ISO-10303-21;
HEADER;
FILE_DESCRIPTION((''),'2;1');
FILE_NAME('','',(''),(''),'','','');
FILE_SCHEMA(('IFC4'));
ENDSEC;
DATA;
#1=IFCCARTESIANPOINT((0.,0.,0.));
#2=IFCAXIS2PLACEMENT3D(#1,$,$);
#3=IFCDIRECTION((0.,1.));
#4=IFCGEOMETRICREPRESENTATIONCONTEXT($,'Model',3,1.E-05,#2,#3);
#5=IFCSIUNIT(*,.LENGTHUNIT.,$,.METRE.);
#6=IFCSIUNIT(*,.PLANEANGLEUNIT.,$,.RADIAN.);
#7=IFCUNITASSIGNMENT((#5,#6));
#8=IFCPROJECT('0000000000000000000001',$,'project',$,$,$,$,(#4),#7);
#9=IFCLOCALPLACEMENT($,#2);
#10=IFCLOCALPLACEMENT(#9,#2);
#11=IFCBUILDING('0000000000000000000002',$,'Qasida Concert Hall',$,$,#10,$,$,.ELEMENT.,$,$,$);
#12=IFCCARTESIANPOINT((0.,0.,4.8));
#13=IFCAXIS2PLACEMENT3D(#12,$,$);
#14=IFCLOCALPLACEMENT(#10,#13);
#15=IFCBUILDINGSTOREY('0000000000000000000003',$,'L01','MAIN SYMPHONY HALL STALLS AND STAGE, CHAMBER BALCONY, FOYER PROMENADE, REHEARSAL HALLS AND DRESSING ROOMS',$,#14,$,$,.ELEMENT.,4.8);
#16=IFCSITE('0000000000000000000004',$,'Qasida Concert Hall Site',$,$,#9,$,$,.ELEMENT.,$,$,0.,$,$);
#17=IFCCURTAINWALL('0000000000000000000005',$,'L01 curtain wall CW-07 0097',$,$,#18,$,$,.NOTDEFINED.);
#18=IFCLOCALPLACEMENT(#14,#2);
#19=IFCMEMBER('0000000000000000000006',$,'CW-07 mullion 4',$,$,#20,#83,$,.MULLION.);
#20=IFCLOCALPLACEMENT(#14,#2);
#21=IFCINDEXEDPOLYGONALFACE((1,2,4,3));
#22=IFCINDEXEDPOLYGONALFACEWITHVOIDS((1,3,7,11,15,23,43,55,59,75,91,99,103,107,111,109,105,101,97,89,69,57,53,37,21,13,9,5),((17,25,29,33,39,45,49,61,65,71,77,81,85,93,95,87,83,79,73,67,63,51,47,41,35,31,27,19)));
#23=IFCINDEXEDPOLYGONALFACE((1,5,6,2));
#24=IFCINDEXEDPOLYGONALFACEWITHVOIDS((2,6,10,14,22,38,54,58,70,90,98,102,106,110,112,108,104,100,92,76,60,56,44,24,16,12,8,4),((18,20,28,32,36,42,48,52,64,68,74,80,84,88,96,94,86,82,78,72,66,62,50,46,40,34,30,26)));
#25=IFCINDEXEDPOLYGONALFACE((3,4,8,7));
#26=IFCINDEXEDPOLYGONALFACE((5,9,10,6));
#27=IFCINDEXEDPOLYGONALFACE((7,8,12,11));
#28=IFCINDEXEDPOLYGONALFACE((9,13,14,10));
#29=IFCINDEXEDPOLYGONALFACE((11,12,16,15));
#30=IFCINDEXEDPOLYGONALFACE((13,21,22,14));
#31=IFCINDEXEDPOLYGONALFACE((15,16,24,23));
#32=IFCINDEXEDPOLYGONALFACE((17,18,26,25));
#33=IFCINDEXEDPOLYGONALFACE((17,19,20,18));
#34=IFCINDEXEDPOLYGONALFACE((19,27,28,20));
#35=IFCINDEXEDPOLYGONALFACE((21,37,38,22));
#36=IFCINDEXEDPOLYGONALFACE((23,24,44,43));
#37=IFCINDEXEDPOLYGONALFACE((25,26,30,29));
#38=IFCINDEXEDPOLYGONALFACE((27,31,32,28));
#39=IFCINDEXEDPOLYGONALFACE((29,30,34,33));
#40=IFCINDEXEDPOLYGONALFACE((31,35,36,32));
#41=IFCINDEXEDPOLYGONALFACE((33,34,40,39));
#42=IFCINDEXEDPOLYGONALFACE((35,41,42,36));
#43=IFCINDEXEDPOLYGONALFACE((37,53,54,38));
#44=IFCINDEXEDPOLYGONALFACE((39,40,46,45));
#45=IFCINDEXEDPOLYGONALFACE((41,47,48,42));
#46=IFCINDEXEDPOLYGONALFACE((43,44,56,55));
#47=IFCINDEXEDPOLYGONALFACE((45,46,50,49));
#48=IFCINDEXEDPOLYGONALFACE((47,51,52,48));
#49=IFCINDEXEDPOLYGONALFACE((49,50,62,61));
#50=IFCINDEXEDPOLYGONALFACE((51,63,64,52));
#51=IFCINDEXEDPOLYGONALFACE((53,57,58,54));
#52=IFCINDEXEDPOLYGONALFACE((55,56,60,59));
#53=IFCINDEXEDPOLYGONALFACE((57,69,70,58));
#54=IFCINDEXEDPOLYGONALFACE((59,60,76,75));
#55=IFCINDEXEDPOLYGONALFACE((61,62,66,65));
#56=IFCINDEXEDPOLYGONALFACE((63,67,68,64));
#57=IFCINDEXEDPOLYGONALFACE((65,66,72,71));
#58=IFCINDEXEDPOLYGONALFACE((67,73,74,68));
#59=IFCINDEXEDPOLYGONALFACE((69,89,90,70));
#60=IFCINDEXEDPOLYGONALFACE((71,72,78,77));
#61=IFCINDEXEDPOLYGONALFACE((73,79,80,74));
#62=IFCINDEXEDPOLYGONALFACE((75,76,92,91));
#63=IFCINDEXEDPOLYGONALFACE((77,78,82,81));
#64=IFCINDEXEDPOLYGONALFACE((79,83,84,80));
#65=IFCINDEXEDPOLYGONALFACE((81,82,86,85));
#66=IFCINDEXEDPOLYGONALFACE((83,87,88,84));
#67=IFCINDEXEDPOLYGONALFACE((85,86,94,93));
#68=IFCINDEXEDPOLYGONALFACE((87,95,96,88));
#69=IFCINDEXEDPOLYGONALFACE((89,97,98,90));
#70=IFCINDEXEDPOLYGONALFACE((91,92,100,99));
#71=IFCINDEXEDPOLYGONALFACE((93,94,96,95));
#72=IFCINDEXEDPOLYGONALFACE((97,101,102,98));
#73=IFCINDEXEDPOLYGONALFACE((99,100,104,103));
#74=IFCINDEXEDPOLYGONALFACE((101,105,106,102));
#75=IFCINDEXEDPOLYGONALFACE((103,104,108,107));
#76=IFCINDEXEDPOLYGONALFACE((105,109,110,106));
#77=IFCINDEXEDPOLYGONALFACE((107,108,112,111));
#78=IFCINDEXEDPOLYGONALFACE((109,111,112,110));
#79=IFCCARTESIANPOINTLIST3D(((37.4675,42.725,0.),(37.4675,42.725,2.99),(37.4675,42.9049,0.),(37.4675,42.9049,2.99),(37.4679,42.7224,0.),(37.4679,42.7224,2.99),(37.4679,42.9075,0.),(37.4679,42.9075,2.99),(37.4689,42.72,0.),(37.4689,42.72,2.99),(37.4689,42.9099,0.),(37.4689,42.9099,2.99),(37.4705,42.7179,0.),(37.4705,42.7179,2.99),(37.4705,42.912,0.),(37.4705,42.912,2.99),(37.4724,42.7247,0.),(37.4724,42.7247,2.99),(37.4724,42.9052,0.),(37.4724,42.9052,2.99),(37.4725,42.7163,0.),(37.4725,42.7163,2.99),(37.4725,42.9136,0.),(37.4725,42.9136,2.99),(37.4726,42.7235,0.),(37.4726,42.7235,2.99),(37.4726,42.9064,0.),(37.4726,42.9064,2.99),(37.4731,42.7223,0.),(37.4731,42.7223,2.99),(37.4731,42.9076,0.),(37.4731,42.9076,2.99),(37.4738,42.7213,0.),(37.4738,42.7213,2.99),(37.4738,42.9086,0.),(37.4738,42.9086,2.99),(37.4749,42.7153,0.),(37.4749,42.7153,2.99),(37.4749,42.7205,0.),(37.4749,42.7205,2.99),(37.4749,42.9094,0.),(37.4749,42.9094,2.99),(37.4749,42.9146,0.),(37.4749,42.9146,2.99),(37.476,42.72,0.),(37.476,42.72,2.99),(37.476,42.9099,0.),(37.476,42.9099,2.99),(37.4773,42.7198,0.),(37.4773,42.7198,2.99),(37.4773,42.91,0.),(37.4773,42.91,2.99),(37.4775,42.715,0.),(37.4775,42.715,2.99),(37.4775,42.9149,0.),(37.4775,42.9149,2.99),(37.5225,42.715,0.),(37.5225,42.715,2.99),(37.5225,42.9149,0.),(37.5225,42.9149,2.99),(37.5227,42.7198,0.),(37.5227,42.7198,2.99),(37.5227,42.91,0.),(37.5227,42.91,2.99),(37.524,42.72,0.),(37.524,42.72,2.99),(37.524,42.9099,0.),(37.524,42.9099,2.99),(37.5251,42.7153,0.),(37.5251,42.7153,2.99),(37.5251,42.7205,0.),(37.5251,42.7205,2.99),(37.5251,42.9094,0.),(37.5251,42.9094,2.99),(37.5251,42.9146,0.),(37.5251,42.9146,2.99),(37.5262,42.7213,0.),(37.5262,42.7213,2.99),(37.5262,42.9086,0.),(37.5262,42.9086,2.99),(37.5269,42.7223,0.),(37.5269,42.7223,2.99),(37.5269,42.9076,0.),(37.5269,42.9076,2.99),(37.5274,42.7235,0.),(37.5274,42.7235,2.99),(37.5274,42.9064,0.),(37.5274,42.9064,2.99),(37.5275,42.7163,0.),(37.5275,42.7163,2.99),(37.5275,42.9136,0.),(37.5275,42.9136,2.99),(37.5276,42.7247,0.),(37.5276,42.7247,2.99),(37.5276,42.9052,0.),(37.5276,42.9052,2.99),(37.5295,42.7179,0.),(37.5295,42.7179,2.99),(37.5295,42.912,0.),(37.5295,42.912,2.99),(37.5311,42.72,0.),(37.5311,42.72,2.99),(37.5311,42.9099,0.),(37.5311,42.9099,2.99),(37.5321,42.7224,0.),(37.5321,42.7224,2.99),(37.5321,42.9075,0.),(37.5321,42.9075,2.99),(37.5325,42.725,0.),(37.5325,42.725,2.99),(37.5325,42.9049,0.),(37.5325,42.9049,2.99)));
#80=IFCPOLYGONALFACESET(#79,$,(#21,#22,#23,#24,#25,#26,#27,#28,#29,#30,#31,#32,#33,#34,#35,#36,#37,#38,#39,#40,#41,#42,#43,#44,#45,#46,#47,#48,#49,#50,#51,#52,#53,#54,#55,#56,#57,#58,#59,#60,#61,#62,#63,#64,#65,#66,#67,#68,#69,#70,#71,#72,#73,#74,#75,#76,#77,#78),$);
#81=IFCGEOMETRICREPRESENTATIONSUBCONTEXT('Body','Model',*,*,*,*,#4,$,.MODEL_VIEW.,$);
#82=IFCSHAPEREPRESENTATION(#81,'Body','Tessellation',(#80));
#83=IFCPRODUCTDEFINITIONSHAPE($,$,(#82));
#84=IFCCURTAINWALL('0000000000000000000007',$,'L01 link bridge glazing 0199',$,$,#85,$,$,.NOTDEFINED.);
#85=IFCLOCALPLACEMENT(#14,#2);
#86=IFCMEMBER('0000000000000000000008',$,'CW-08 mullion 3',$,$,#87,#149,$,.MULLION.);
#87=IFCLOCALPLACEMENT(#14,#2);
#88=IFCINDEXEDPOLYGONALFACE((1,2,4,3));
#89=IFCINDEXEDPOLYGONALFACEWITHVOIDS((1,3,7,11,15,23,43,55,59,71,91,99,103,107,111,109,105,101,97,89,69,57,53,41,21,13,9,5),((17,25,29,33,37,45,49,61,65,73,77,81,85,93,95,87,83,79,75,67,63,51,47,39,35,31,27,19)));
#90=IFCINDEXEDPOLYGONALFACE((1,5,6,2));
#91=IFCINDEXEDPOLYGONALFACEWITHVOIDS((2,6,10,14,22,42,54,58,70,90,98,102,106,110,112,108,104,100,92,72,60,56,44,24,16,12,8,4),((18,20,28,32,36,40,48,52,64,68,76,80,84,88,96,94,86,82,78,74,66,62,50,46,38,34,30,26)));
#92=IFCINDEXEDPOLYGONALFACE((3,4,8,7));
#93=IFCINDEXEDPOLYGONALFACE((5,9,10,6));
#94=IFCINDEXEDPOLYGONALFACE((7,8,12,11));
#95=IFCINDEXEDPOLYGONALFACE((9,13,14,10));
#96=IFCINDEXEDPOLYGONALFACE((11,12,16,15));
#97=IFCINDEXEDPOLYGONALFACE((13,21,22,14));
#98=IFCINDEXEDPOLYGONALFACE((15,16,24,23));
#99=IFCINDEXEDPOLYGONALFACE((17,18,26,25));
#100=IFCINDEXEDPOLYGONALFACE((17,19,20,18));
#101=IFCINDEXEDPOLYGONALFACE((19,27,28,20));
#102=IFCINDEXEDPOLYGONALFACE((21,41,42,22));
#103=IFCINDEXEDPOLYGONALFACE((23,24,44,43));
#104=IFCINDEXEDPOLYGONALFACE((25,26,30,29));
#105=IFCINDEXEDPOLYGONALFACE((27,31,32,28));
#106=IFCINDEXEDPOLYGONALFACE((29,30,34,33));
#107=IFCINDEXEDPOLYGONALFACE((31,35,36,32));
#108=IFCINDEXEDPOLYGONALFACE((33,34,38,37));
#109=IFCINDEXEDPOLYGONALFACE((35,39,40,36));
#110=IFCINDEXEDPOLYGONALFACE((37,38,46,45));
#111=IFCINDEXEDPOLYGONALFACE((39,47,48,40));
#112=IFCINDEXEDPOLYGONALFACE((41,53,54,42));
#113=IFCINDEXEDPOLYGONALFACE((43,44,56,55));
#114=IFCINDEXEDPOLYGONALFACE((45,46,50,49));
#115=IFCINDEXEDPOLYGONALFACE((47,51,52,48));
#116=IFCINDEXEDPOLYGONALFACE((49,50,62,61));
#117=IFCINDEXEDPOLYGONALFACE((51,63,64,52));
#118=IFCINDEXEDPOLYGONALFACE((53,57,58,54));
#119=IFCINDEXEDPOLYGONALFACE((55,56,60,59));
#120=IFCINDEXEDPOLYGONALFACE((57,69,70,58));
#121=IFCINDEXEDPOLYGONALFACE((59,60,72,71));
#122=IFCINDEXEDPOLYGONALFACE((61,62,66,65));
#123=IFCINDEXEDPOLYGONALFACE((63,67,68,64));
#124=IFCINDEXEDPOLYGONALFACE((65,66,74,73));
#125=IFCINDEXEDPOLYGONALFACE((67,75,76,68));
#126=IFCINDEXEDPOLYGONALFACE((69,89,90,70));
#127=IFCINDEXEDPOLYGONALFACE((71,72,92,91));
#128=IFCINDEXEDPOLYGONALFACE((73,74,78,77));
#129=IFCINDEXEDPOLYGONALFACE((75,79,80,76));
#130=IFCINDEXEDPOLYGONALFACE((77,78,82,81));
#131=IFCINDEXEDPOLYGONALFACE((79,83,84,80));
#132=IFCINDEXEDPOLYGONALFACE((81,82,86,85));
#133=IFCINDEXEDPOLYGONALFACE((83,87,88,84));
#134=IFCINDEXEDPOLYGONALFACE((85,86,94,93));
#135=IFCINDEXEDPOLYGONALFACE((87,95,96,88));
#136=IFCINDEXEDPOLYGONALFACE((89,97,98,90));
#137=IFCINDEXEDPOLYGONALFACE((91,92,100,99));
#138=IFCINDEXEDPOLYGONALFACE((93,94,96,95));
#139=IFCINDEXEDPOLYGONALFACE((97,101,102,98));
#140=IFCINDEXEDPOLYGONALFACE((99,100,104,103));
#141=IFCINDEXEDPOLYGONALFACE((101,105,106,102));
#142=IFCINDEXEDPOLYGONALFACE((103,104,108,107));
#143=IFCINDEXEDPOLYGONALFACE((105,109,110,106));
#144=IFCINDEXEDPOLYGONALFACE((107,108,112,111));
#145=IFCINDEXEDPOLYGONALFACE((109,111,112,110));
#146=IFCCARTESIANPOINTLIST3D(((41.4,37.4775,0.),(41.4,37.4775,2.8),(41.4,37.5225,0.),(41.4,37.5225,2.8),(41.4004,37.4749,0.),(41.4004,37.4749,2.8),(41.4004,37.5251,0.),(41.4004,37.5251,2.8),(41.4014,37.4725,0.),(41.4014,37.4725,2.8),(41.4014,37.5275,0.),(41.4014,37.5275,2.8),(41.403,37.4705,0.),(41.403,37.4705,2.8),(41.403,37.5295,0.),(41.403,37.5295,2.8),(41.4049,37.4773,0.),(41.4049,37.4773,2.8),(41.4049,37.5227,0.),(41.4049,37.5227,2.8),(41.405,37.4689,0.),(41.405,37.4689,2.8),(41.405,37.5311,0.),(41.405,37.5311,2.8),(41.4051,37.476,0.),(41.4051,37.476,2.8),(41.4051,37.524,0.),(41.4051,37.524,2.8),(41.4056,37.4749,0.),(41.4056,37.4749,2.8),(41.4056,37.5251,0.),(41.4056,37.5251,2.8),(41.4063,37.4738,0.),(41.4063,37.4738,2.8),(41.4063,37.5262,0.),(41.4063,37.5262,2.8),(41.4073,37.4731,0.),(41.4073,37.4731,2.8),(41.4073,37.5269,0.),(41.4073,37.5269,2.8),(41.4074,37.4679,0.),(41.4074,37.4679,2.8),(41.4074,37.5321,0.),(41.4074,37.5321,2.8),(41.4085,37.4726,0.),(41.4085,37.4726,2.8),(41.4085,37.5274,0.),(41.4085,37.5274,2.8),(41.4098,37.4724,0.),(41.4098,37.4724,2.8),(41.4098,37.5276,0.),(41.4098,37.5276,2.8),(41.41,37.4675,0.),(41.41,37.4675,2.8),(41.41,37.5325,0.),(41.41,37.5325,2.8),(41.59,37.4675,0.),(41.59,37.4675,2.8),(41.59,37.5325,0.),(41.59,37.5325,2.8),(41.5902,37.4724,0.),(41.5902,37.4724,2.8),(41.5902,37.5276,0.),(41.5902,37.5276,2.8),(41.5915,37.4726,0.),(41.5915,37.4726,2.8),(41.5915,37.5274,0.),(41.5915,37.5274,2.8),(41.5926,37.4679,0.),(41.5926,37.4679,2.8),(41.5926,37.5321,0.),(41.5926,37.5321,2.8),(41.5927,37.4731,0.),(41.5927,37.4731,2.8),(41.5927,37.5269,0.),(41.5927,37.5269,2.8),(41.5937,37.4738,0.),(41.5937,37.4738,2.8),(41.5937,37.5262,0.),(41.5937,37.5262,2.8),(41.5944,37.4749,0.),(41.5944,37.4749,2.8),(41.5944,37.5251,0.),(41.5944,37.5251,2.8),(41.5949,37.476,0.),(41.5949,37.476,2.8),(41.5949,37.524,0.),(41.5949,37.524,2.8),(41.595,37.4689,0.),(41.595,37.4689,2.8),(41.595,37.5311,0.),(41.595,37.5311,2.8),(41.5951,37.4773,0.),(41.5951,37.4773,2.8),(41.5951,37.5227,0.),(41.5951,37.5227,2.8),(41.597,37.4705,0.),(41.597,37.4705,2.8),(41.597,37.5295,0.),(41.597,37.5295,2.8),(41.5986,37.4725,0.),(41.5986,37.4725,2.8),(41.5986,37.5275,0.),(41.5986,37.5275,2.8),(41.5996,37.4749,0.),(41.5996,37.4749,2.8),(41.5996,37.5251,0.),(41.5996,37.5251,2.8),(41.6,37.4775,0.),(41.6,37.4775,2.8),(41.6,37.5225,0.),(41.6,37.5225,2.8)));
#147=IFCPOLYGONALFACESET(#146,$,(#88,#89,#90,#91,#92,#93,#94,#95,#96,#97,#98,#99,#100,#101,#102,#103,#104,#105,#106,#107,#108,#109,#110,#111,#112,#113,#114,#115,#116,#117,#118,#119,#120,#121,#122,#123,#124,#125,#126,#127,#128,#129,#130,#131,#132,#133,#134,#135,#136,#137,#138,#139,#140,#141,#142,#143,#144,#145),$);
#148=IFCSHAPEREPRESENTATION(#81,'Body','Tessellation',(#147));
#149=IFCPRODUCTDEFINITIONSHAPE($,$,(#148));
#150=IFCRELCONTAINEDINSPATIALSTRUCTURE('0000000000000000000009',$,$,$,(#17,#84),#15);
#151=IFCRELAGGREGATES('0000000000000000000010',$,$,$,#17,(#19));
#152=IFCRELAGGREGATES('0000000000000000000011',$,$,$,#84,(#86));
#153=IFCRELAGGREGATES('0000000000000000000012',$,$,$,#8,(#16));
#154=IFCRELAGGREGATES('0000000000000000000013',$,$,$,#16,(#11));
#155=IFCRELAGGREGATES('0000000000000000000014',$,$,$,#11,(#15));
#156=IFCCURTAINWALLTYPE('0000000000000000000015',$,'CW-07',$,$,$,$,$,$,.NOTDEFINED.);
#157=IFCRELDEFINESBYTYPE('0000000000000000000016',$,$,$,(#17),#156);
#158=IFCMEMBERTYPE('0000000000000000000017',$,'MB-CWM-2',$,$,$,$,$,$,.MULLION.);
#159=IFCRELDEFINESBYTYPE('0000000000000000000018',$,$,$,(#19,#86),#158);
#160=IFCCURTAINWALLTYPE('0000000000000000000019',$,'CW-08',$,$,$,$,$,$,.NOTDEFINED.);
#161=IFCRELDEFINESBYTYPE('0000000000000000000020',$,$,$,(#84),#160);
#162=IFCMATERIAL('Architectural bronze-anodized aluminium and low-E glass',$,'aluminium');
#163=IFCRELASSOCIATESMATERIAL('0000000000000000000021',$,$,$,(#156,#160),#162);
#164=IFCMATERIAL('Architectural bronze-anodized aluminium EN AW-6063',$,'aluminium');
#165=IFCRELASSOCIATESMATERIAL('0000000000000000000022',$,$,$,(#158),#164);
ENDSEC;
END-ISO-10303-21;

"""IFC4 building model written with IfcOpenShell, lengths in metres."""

from ifc_helpers import new_model, si_unit, direction, frame, origin, origin_2d, place, context, subcontext, project, spatial, hollow_rectangle, extrude, material, material_profile, profile_set, type_object, element, aggregate, save


model = new_model("IFC4")

# Units and contexts
model_context = context("Model", 3, precision=1e-05, world=origin(), true_north=direction((0.0, 1.0)))
body_context = subcontext(model_context, "Body", "Model", "MODEL_VIEW")
ifc_project = project(units=[si_unit("LENGTHUNIT", "METRE"), si_unit("PLANEANGLEUNIT", "RADIAN")], contexts=[model_context])

# Site, building, storey
site_placement = place(None, origin())
site = spatial("IfcSite", under=ifc_project, at=site_placement, Name="Qasida Concert Hall Site", CompositionType="ELEMENT", RefElevation=0.0)
building_placement = place(site_placement, origin())
building = spatial("IfcBuilding", under=site, at=building_placement, Name="Qasida Concert Hall", CompositionType="ELEMENT")
storey_placement = place(building_placement, frame((0.0, 0.0, 4.8)))
storey = spatial("IfcBuildingStorey", under=building, at=storey_placement, Name="L01", Description="MAIN SYMPHONY HALL STALLS AND STAGE, CHAMBER BALCONY, FOYER PROMENADE, REHEARSAL HALLS AND DRESSING ROOMS", CompositionType="ELEMENT", Elevation=4.8)

# Curtain wall, member
ifc_material_1 = material(Name="Architectural bronze-anodized aluminium and low-E glass", Category="aluminium")
curtain_wall_type_1 = type_object("IfcCurtainWallType", Name="CW-07", PredefinedType="NOTDEFINED", material=ifc_material_1)
curtain_wall_1_placement = place(storey_placement, origin())
curtain_wall_1 = element("IfcCurtainWall", 1, at=curtain_wall_1_placement, inside=storey, type_object=curtain_wall_type_1, Name="L01 curtain wall CW-07 0097", PredefinedType="NOTDEFINED")
ifc_material_2 = material(Name="Architectural bronze-anodized aluminium EN AW-6063", Category="aluminium")
ifc_material_profile_1 = material_profile(ifc_material_2, hollow_rectangle(XDim=0.0649, YDim=0.2, WallThickness=0.0049, InnerFilletRadius=0.0049, OuterFilletRadius=0.01, at=origin_2d()), Name="CWM 200x65x5")
ifc_profile_set_1 = profile_set([ifc_material_profile_1], Name="Architectural bronze-anodized aluminium EN AW-6063")
member_type_1 = type_object("IfcMemberType", Name="MB-CWM-2", PredefinedType="MULLION", material=ifc_profile_set_1)
member_1_placement = place(storey_placement, frame((37.5, 42.8149, 0.0), z_axis=(0.0, 0.0, 1.0), x_axis=(-1.0, 0.0, 0.0)))
member_1 = element("IfcMember", 2, at=member_1_placement, type_object=member_type_1, Name="CW-07 mullion 4", PredefinedType="MULLION", context=body_context, shape_type="SweptSolid", body=[
    extrude(hollow_rectangle(XDim=0.0649, YDim=0.2, WallThickness=0.0049, InnerFilletRadius=0.0049, OuterFilletRadius=0.01, at=origin_2d()), origin(), (0.0, 0.0, 1.0), 2.99),
])

# Curtain wall, member
curtain_wall_type_2 = type_object("IfcCurtainWallType", Name="CW-08", PredefinedType="NOTDEFINED", material=ifc_material_1)
curtain_wall_2_placement = place(storey_placement, origin())
curtain_wall_2 = element("IfcCurtainWall", 3, at=curtain_wall_2_placement, inside=storey, type_object=curtain_wall_type_2, Name="L01 link bridge glazing 0199", PredefinedType="NOTDEFINED")
member_2_placement = place(storey_placement, frame((41.5, 37.5, 0.0), z_axis=(0.0, 0.0, 1.0), x_axis=(0.0, 1.0, 0.0)))
member_2 = element("IfcMember", 4, at=member_2_placement, type_object=member_type_1, Name="CW-08 mullion 3", PredefinedType="MULLION", context=body_context, shape_type="SweptSolid", body=[
    extrude(hollow_rectangle(XDim=0.0649, YDim=0.2, WallThickness=0.0049, InnerFilletRadius=0.0049, OuterFilletRadius=0.01, at=origin_2d()), origin(), (0.0, 0.0, 1.0), 2.8),
])

aggregate(curtain_wall_1, [member_1])
aggregate(curtain_wall_2, [member_2])

save(model, "model.ifc")
